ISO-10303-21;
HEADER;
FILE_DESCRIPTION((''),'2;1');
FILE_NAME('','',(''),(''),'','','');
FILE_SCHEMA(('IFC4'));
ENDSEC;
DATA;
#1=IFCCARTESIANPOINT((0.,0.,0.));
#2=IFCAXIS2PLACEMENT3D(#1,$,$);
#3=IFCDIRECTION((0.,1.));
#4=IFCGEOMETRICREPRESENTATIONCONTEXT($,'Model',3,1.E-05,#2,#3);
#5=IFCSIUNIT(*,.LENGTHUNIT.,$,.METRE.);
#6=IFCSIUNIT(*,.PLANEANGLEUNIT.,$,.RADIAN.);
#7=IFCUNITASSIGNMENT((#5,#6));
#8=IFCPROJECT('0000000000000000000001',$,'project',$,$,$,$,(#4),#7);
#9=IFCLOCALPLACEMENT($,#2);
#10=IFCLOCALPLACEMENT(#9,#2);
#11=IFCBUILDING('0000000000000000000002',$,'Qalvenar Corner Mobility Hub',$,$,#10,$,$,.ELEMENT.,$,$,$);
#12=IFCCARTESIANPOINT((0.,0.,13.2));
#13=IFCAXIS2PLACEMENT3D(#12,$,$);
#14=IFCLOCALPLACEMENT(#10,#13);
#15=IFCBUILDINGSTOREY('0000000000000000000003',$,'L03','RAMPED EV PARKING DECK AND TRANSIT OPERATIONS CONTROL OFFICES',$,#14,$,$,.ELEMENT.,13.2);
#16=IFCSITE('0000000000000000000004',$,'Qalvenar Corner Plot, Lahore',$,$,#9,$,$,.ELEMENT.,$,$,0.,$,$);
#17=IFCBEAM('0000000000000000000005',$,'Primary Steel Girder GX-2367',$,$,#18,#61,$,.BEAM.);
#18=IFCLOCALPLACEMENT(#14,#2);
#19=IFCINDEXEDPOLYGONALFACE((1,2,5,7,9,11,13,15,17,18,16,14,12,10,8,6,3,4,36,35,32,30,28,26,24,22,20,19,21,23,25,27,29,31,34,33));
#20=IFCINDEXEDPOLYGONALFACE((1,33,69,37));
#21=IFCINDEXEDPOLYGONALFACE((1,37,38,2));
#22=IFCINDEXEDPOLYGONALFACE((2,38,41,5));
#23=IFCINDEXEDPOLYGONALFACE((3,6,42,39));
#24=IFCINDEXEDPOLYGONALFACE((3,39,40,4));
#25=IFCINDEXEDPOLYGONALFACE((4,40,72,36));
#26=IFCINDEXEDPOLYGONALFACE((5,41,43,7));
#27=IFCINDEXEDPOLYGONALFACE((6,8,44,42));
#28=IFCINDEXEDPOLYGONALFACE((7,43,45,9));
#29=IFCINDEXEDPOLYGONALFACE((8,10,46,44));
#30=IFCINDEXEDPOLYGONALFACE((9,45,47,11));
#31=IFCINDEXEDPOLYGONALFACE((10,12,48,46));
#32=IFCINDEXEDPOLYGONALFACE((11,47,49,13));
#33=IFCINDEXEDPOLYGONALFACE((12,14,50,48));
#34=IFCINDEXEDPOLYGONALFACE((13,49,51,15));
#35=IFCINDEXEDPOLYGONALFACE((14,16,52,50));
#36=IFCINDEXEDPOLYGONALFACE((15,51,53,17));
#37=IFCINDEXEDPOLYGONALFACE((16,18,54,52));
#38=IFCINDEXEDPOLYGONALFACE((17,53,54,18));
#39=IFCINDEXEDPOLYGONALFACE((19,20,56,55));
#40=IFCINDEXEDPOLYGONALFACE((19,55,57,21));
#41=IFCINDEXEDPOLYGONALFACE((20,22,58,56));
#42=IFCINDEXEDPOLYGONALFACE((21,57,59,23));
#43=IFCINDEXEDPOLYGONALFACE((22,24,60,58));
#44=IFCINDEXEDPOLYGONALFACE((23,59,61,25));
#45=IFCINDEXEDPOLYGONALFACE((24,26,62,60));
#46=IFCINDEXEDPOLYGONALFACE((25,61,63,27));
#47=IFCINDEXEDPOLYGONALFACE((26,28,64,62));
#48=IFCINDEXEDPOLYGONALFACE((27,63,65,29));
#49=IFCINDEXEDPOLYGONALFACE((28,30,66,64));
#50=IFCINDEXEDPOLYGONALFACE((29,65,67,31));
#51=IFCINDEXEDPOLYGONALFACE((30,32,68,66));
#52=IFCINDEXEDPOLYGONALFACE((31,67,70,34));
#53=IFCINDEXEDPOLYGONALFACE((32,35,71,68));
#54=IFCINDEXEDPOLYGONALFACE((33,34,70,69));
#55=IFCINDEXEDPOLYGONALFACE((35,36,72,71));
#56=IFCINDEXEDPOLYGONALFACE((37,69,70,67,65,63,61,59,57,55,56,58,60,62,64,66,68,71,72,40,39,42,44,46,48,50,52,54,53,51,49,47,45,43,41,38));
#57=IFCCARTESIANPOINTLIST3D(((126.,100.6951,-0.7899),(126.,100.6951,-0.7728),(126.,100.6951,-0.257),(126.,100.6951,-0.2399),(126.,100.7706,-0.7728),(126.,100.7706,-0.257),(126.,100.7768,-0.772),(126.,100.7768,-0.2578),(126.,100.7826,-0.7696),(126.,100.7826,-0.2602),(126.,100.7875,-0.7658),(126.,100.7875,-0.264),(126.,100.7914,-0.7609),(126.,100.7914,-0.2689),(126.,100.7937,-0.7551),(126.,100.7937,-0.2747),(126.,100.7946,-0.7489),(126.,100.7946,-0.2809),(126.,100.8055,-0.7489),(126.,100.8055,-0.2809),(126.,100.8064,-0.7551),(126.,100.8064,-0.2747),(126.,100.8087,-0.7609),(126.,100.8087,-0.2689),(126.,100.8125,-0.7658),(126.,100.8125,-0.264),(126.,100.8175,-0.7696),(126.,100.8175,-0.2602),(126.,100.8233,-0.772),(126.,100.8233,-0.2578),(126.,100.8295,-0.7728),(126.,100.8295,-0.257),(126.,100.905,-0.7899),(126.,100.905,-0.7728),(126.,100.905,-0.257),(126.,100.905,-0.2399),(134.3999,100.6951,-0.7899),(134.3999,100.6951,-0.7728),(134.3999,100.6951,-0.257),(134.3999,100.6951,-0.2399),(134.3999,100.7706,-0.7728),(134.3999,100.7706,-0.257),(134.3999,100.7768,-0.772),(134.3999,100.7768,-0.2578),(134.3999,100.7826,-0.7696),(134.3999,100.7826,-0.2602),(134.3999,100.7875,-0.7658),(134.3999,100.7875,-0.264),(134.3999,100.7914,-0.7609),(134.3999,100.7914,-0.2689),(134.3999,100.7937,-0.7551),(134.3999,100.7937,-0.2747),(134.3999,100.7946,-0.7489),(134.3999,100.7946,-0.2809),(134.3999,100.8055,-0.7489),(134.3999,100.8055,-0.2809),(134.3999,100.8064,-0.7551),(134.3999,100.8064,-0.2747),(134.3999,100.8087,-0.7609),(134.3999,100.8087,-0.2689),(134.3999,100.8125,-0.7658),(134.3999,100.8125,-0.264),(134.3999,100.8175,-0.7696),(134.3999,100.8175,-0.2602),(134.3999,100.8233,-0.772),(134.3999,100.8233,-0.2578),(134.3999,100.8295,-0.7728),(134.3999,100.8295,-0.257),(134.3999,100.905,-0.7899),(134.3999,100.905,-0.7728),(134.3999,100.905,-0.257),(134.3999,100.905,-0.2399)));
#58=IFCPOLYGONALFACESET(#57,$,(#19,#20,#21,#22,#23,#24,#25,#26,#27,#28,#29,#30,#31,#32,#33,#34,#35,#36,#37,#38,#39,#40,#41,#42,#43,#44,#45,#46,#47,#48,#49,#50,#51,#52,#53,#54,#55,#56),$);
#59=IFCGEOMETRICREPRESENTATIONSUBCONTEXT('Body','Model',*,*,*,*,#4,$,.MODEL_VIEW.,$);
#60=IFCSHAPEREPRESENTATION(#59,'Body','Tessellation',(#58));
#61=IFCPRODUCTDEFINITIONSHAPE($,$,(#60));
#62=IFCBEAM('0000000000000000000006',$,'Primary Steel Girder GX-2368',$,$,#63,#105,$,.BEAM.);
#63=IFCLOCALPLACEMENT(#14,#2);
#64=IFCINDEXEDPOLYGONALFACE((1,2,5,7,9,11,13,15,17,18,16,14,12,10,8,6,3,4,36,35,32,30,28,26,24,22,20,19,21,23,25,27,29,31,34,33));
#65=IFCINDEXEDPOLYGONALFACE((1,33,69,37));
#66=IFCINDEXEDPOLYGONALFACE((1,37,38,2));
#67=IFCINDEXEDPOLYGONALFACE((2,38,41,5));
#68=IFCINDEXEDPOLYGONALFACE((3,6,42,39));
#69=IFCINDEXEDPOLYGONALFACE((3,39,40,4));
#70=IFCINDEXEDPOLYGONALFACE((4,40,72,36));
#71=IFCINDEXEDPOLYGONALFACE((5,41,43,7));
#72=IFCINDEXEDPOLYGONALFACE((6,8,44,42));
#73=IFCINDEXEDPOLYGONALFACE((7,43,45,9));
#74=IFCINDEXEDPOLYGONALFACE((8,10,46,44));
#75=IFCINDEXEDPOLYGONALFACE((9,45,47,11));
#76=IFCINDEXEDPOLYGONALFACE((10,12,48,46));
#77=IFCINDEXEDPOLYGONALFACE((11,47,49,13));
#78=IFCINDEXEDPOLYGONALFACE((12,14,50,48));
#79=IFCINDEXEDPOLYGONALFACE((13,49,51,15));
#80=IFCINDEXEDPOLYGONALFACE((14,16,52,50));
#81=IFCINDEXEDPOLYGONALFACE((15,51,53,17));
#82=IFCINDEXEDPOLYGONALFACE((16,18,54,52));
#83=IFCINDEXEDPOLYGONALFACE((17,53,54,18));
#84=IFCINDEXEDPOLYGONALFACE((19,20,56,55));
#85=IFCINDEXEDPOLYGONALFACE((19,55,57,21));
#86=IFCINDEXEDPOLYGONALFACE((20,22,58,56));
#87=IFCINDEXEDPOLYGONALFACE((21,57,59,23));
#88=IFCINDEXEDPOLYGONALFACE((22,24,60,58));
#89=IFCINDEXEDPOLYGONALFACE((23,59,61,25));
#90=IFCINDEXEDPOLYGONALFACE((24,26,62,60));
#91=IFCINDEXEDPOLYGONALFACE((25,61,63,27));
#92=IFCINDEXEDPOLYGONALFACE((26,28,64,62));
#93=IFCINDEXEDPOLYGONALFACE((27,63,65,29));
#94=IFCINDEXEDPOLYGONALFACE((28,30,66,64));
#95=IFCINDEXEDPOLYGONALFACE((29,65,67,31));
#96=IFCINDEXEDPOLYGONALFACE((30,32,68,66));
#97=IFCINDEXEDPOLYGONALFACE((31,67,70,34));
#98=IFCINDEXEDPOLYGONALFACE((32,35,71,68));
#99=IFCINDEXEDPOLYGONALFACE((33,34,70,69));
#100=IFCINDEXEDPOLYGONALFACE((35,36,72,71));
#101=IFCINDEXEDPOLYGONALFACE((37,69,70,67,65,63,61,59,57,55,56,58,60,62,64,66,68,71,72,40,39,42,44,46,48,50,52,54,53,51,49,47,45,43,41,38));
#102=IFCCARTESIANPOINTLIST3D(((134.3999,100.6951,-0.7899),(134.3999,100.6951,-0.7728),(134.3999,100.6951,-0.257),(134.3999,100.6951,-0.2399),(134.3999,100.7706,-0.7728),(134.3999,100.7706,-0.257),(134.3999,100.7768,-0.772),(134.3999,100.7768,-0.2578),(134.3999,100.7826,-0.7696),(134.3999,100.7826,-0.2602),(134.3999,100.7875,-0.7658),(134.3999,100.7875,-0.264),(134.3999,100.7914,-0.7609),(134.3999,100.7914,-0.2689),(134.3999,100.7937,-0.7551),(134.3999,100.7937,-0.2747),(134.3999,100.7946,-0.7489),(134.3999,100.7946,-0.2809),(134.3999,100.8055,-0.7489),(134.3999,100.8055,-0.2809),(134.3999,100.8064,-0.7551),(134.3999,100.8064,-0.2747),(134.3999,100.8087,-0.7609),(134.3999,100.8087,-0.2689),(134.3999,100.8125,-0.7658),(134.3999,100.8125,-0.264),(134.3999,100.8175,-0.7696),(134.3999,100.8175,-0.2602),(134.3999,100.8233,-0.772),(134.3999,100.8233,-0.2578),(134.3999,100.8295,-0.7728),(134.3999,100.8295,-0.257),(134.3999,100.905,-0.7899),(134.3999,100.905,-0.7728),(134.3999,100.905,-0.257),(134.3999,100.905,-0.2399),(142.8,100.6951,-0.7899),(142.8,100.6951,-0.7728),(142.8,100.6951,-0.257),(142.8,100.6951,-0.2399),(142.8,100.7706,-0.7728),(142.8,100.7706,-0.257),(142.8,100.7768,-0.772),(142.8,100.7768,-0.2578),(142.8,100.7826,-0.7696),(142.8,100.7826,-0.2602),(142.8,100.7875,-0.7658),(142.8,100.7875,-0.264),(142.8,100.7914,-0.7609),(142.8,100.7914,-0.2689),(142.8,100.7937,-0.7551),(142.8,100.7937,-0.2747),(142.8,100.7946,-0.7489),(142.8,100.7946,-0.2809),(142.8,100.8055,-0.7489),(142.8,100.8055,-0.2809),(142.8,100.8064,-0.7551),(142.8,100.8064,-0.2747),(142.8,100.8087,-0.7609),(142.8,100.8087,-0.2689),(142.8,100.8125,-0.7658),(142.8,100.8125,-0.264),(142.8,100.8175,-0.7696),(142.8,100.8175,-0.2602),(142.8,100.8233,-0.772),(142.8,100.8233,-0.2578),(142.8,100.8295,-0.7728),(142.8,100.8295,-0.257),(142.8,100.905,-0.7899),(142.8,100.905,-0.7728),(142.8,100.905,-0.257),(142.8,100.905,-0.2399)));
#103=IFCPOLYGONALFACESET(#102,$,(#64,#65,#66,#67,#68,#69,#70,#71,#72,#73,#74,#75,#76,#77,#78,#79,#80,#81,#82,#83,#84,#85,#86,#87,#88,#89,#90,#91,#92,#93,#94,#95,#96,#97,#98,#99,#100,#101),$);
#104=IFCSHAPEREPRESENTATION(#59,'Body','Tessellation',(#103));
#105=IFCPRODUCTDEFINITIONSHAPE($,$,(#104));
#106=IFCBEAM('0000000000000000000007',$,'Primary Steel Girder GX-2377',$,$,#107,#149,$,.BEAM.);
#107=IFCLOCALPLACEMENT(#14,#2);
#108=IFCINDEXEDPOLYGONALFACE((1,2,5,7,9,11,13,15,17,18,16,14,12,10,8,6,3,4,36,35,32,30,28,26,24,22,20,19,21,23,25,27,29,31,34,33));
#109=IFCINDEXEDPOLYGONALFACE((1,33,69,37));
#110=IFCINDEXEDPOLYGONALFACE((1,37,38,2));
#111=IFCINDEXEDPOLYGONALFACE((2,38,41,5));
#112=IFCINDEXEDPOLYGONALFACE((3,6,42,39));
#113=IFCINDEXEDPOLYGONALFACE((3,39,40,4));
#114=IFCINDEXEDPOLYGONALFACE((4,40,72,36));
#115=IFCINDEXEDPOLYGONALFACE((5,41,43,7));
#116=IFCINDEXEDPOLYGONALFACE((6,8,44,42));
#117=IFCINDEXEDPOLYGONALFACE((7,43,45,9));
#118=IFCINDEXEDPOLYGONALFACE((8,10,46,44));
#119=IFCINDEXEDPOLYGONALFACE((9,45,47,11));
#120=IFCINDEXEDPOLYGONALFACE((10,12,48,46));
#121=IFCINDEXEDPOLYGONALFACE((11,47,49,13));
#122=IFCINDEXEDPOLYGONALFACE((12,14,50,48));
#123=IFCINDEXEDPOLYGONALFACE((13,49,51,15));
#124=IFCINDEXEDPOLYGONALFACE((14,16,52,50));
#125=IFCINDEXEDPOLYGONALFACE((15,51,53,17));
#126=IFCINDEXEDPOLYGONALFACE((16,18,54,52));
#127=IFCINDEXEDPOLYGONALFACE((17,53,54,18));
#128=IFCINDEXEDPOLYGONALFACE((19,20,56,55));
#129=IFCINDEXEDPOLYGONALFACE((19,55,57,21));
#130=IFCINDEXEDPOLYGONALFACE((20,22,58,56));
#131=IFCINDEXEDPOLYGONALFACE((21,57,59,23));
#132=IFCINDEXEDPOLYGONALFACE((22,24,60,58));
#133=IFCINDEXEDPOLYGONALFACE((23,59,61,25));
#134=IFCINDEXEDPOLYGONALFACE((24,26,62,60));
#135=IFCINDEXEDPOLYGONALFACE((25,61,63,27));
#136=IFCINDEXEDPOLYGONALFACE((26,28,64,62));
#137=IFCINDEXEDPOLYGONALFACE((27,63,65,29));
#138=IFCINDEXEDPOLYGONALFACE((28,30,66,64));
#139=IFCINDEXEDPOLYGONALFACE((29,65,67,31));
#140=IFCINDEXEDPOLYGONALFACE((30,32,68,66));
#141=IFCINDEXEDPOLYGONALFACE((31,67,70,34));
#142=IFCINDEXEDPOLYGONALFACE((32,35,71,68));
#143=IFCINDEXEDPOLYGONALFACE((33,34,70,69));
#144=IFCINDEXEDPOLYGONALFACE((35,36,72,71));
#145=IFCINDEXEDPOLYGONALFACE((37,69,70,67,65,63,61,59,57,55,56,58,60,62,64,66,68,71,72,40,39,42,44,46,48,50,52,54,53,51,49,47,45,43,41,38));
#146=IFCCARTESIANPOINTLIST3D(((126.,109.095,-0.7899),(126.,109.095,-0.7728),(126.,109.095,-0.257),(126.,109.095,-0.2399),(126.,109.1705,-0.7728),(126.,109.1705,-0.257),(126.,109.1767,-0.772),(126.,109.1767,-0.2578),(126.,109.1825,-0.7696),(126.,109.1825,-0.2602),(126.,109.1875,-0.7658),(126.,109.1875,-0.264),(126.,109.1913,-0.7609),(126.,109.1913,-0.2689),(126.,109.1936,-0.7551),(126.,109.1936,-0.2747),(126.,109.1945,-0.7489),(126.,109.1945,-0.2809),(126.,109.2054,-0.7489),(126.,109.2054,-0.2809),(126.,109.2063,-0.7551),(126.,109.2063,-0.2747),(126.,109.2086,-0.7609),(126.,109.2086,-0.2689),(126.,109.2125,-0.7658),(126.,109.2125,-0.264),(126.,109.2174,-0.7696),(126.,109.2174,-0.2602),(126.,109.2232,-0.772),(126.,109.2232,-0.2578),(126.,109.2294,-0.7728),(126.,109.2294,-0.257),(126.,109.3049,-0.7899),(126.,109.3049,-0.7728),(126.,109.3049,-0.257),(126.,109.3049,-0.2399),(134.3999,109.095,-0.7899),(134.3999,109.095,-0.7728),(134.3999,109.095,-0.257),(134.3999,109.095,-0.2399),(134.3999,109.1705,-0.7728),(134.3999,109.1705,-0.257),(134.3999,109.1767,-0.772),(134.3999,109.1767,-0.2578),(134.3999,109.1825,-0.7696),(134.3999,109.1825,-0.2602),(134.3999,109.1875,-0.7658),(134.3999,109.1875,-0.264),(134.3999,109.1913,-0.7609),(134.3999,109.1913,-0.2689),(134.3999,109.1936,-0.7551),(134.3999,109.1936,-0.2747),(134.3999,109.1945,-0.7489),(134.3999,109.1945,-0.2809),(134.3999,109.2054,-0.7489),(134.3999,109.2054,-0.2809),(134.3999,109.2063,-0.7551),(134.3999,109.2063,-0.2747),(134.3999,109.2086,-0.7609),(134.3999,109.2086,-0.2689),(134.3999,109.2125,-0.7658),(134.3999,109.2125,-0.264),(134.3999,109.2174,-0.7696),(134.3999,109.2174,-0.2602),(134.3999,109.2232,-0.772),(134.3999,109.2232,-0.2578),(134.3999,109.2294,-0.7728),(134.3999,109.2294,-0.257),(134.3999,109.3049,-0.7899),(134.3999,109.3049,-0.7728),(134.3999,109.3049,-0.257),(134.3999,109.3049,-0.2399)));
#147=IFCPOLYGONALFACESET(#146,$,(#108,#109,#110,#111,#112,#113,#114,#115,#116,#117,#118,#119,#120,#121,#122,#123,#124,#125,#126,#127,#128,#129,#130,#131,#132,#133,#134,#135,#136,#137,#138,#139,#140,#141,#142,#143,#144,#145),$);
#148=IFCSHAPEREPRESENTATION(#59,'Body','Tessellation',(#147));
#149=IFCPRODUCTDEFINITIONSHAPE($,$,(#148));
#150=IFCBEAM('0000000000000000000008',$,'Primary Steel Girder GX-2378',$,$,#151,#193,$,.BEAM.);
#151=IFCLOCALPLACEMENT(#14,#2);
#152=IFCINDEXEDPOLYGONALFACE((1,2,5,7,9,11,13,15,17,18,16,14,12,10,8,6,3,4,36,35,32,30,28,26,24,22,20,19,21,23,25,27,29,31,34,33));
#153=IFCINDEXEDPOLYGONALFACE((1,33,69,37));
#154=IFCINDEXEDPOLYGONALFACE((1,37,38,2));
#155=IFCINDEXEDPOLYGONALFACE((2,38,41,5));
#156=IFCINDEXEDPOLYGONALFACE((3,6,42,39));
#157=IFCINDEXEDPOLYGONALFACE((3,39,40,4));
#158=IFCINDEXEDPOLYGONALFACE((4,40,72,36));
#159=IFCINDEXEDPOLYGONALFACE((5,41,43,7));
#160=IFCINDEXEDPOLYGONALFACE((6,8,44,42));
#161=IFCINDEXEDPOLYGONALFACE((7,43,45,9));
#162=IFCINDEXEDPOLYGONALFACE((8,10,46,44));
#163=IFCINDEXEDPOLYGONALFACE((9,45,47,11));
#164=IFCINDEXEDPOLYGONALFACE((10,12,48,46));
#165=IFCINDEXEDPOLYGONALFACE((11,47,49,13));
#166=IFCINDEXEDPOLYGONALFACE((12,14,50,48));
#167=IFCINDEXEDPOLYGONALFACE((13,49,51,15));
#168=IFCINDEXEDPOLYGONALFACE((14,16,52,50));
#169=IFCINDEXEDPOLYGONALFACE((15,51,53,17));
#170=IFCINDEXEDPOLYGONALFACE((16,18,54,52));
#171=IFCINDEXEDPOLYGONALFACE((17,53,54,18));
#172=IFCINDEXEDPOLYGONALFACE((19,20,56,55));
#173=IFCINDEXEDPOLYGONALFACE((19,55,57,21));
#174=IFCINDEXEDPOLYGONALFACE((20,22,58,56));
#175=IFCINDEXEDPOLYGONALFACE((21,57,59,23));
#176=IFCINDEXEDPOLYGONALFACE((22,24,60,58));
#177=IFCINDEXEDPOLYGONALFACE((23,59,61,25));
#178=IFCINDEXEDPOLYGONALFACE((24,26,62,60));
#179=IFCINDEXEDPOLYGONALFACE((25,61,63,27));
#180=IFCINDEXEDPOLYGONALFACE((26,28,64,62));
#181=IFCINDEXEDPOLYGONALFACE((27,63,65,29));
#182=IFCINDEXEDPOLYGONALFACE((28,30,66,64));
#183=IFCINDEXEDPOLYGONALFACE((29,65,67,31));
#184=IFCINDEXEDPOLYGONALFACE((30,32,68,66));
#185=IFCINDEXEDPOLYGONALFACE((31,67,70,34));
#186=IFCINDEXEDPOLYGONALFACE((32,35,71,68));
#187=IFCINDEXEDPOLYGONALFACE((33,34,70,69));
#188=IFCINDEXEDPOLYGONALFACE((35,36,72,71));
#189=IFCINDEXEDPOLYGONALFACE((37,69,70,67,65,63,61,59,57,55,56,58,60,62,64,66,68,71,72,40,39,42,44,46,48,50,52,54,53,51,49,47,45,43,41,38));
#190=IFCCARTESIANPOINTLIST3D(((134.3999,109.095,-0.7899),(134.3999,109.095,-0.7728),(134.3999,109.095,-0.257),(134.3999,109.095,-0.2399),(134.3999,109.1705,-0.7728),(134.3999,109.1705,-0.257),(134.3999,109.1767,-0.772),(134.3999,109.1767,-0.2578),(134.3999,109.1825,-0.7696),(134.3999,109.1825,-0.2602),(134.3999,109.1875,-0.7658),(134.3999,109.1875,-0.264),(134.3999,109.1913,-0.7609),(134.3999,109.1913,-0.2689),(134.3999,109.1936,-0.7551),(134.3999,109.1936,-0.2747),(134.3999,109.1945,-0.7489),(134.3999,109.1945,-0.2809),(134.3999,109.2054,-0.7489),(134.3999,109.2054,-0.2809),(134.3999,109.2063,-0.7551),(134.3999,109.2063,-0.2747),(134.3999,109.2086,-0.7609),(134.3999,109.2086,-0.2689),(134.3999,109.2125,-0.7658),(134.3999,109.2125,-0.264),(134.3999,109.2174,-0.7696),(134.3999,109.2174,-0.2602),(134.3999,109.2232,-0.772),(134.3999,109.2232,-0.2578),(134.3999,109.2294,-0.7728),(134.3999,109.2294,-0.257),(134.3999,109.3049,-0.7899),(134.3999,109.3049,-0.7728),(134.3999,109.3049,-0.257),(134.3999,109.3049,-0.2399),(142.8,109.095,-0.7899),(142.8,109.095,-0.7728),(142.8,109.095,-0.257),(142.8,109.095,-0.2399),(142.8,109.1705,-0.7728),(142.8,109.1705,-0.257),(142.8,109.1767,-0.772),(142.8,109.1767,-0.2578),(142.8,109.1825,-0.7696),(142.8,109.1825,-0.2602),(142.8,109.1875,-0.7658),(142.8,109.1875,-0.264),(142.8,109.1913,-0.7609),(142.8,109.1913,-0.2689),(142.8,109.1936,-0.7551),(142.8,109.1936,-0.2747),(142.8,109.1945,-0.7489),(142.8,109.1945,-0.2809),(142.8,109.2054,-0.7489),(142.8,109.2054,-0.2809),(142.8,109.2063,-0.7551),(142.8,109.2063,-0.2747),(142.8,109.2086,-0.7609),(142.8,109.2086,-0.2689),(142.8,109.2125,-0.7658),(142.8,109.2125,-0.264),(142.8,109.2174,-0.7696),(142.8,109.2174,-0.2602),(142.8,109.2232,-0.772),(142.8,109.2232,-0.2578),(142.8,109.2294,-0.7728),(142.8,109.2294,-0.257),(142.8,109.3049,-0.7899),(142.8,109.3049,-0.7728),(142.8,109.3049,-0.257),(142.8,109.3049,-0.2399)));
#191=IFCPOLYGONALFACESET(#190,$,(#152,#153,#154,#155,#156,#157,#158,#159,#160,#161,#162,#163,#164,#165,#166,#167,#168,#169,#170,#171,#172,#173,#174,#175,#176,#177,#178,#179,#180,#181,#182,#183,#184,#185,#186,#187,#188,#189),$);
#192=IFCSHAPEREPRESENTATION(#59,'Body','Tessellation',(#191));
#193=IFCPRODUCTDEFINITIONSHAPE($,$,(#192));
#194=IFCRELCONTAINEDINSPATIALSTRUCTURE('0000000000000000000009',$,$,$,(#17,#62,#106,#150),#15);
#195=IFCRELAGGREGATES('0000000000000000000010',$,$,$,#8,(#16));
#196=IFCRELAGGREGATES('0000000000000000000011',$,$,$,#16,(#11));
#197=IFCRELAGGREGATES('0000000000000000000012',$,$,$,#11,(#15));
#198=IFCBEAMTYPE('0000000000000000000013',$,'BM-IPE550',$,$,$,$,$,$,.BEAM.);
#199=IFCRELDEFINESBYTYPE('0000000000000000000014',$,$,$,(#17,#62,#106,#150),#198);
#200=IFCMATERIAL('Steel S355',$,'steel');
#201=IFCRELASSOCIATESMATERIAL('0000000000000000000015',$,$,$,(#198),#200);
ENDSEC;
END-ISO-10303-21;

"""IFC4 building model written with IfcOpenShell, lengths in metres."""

from ifc_helpers import new_model, si_unit, direction, frame, origin, origin_2d, place, context, subcontext, project, spatial, i_section, extrude, material, material_profile, profile_set, type_object, element, save


model = new_model("IFC4")

# Units and contexts
model_context = context("Model", 3, precision=1e-05, world=origin(), true_north=direction((0.0, 1.0)))
body_context = subcontext(model_context, "Body", "Model", "MODEL_VIEW")
ifc_project = project(units=[si_unit("LENGTHUNIT", "METRE"), si_unit("PLANEANGLEUNIT", "RADIAN")], contexts=[model_context])

# Site, building, storey
site_placement = place(None, origin())
site = spatial("IfcSite", under=ifc_project, at=site_placement, Name="Qalvenar Corner Plot, Lahore", CompositionType="ELEMENT", RefElevation=0.0)
building_placement = place(site_placement, origin())
building = spatial("IfcBuilding", under=site, at=building_placement, Name="Qalvenar Corner Mobility Hub", CompositionType="ELEMENT")
storey_placement = place(building_placement, frame((0.0, 0.0, 13.2)))
storey = spatial("IfcBuildingStorey", under=building, at=storey_placement, Name="L03", Description="RAMPED EV PARKING DECK AND TRANSIT OPERATIONS CONTROL OFFICES", CompositionType="ELEMENT", Elevation=13.2)

# Shared definitions
ifc_material_1 = material(Name="Steel S355", Category="steel")

# Beams
ifc_material_profile_1 = material_profile(ifc_material_1, i_section(OverallWidth=0.21, OverallDepth=0.55, WebThickness=0.011, FlangeThickness=0.0171, FilletRadius=0.0239, at=origin_2d()), Name="IPE550")
ifc_profile_set_1 = profile_set([ifc_material_profile_1], Name="Steel S355")
beam_type_1 = type_object("IfcBeamType", Name="BM-IPE550", PredefinedType="BEAM", material=ifc_profile_set_1)
beam_1_placement = place(storey_placement, frame((126.0, 100.8, -0.5149), z_axis=(1.0, 0.0, 0.0), x_axis=(0.0, 1.0, 0.0)))
element("IfcBeam", 1, at=beam_1_placement, inside=storey, type_object=beam_type_1, Name="Primary Steel Girder GX-2367", PredefinedType="BEAM", context=body_context, shape_type="SweptSolid", body=[
    extrude(i_section(OverallWidth=0.21, OverallDepth=0.55, WebThickness=0.011, FlangeThickness=0.0171, FilletRadius=0.0239, at=origin_2d()), origin(), (0.0, 0.0, 1.0), 8.3999),
])
beam_2_placement = place(storey_placement, frame((134.3999, 100.8, -0.5149), z_axis=(1.0, 0.0, 0.0), x_axis=(0.0, 1.0, 0.0)))
element("IfcBeam", 2, at=beam_2_placement, inside=storey, type_object=beam_type_1, Name="Primary Steel Girder GX-2368", PredefinedType="BEAM", context=body_context, shape_type="SweptSolid", body=[
    extrude(i_section(OverallWidth=0.21, OverallDepth=0.55, WebThickness=0.011, FlangeThickness=0.0171, FilletRadius=0.0239, at=origin_2d()), origin(), (0.0, 0.0, 1.0), 8.4001),
])
beam_3_placement = place(storey_placement, frame((126.0, 109.2, -0.5149), z_axis=(1.0, 0.0, 0.0), x_axis=(0.0, 1.0, 0.0)))
element("IfcBeam", 3, at=beam_3_placement, inside=storey, type_object=beam_type_1, Name="Primary Steel Girder GX-2377", PredefinedType="BEAM", context=body_context, shape_type="SweptSolid", body=[
    extrude(i_section(OverallWidth=0.21, OverallDepth=0.55, WebThickness=0.011, FlangeThickness=0.0171, FilletRadius=0.0239, at=origin_2d()), origin(), (0.0, 0.0, 1.0), 8.3999),
])
beam_4_placement = place(storey_placement, frame((134.3999, 109.2, -0.5149), z_axis=(1.0, 0.0, 0.0), x_axis=(0.0, 1.0, 0.0)))
element("IfcBeam", 4, at=beam_4_placement, inside=storey, type_object=beam_type_1, Name="Primary Steel Girder GX-2378", PredefinedType="BEAM", context=body_context, shape_type="SweptSolid", body=[
    extrude(i_section(OverallWidth=0.21, OverallDepth=0.55, WebThickness=0.011, FlangeThickness=0.0171, FilletRadius=0.0239, at=origin_2d()), origin(), (0.0, 0.0, 1.0), 8.4001),
])

save(model, "model.ifc")
